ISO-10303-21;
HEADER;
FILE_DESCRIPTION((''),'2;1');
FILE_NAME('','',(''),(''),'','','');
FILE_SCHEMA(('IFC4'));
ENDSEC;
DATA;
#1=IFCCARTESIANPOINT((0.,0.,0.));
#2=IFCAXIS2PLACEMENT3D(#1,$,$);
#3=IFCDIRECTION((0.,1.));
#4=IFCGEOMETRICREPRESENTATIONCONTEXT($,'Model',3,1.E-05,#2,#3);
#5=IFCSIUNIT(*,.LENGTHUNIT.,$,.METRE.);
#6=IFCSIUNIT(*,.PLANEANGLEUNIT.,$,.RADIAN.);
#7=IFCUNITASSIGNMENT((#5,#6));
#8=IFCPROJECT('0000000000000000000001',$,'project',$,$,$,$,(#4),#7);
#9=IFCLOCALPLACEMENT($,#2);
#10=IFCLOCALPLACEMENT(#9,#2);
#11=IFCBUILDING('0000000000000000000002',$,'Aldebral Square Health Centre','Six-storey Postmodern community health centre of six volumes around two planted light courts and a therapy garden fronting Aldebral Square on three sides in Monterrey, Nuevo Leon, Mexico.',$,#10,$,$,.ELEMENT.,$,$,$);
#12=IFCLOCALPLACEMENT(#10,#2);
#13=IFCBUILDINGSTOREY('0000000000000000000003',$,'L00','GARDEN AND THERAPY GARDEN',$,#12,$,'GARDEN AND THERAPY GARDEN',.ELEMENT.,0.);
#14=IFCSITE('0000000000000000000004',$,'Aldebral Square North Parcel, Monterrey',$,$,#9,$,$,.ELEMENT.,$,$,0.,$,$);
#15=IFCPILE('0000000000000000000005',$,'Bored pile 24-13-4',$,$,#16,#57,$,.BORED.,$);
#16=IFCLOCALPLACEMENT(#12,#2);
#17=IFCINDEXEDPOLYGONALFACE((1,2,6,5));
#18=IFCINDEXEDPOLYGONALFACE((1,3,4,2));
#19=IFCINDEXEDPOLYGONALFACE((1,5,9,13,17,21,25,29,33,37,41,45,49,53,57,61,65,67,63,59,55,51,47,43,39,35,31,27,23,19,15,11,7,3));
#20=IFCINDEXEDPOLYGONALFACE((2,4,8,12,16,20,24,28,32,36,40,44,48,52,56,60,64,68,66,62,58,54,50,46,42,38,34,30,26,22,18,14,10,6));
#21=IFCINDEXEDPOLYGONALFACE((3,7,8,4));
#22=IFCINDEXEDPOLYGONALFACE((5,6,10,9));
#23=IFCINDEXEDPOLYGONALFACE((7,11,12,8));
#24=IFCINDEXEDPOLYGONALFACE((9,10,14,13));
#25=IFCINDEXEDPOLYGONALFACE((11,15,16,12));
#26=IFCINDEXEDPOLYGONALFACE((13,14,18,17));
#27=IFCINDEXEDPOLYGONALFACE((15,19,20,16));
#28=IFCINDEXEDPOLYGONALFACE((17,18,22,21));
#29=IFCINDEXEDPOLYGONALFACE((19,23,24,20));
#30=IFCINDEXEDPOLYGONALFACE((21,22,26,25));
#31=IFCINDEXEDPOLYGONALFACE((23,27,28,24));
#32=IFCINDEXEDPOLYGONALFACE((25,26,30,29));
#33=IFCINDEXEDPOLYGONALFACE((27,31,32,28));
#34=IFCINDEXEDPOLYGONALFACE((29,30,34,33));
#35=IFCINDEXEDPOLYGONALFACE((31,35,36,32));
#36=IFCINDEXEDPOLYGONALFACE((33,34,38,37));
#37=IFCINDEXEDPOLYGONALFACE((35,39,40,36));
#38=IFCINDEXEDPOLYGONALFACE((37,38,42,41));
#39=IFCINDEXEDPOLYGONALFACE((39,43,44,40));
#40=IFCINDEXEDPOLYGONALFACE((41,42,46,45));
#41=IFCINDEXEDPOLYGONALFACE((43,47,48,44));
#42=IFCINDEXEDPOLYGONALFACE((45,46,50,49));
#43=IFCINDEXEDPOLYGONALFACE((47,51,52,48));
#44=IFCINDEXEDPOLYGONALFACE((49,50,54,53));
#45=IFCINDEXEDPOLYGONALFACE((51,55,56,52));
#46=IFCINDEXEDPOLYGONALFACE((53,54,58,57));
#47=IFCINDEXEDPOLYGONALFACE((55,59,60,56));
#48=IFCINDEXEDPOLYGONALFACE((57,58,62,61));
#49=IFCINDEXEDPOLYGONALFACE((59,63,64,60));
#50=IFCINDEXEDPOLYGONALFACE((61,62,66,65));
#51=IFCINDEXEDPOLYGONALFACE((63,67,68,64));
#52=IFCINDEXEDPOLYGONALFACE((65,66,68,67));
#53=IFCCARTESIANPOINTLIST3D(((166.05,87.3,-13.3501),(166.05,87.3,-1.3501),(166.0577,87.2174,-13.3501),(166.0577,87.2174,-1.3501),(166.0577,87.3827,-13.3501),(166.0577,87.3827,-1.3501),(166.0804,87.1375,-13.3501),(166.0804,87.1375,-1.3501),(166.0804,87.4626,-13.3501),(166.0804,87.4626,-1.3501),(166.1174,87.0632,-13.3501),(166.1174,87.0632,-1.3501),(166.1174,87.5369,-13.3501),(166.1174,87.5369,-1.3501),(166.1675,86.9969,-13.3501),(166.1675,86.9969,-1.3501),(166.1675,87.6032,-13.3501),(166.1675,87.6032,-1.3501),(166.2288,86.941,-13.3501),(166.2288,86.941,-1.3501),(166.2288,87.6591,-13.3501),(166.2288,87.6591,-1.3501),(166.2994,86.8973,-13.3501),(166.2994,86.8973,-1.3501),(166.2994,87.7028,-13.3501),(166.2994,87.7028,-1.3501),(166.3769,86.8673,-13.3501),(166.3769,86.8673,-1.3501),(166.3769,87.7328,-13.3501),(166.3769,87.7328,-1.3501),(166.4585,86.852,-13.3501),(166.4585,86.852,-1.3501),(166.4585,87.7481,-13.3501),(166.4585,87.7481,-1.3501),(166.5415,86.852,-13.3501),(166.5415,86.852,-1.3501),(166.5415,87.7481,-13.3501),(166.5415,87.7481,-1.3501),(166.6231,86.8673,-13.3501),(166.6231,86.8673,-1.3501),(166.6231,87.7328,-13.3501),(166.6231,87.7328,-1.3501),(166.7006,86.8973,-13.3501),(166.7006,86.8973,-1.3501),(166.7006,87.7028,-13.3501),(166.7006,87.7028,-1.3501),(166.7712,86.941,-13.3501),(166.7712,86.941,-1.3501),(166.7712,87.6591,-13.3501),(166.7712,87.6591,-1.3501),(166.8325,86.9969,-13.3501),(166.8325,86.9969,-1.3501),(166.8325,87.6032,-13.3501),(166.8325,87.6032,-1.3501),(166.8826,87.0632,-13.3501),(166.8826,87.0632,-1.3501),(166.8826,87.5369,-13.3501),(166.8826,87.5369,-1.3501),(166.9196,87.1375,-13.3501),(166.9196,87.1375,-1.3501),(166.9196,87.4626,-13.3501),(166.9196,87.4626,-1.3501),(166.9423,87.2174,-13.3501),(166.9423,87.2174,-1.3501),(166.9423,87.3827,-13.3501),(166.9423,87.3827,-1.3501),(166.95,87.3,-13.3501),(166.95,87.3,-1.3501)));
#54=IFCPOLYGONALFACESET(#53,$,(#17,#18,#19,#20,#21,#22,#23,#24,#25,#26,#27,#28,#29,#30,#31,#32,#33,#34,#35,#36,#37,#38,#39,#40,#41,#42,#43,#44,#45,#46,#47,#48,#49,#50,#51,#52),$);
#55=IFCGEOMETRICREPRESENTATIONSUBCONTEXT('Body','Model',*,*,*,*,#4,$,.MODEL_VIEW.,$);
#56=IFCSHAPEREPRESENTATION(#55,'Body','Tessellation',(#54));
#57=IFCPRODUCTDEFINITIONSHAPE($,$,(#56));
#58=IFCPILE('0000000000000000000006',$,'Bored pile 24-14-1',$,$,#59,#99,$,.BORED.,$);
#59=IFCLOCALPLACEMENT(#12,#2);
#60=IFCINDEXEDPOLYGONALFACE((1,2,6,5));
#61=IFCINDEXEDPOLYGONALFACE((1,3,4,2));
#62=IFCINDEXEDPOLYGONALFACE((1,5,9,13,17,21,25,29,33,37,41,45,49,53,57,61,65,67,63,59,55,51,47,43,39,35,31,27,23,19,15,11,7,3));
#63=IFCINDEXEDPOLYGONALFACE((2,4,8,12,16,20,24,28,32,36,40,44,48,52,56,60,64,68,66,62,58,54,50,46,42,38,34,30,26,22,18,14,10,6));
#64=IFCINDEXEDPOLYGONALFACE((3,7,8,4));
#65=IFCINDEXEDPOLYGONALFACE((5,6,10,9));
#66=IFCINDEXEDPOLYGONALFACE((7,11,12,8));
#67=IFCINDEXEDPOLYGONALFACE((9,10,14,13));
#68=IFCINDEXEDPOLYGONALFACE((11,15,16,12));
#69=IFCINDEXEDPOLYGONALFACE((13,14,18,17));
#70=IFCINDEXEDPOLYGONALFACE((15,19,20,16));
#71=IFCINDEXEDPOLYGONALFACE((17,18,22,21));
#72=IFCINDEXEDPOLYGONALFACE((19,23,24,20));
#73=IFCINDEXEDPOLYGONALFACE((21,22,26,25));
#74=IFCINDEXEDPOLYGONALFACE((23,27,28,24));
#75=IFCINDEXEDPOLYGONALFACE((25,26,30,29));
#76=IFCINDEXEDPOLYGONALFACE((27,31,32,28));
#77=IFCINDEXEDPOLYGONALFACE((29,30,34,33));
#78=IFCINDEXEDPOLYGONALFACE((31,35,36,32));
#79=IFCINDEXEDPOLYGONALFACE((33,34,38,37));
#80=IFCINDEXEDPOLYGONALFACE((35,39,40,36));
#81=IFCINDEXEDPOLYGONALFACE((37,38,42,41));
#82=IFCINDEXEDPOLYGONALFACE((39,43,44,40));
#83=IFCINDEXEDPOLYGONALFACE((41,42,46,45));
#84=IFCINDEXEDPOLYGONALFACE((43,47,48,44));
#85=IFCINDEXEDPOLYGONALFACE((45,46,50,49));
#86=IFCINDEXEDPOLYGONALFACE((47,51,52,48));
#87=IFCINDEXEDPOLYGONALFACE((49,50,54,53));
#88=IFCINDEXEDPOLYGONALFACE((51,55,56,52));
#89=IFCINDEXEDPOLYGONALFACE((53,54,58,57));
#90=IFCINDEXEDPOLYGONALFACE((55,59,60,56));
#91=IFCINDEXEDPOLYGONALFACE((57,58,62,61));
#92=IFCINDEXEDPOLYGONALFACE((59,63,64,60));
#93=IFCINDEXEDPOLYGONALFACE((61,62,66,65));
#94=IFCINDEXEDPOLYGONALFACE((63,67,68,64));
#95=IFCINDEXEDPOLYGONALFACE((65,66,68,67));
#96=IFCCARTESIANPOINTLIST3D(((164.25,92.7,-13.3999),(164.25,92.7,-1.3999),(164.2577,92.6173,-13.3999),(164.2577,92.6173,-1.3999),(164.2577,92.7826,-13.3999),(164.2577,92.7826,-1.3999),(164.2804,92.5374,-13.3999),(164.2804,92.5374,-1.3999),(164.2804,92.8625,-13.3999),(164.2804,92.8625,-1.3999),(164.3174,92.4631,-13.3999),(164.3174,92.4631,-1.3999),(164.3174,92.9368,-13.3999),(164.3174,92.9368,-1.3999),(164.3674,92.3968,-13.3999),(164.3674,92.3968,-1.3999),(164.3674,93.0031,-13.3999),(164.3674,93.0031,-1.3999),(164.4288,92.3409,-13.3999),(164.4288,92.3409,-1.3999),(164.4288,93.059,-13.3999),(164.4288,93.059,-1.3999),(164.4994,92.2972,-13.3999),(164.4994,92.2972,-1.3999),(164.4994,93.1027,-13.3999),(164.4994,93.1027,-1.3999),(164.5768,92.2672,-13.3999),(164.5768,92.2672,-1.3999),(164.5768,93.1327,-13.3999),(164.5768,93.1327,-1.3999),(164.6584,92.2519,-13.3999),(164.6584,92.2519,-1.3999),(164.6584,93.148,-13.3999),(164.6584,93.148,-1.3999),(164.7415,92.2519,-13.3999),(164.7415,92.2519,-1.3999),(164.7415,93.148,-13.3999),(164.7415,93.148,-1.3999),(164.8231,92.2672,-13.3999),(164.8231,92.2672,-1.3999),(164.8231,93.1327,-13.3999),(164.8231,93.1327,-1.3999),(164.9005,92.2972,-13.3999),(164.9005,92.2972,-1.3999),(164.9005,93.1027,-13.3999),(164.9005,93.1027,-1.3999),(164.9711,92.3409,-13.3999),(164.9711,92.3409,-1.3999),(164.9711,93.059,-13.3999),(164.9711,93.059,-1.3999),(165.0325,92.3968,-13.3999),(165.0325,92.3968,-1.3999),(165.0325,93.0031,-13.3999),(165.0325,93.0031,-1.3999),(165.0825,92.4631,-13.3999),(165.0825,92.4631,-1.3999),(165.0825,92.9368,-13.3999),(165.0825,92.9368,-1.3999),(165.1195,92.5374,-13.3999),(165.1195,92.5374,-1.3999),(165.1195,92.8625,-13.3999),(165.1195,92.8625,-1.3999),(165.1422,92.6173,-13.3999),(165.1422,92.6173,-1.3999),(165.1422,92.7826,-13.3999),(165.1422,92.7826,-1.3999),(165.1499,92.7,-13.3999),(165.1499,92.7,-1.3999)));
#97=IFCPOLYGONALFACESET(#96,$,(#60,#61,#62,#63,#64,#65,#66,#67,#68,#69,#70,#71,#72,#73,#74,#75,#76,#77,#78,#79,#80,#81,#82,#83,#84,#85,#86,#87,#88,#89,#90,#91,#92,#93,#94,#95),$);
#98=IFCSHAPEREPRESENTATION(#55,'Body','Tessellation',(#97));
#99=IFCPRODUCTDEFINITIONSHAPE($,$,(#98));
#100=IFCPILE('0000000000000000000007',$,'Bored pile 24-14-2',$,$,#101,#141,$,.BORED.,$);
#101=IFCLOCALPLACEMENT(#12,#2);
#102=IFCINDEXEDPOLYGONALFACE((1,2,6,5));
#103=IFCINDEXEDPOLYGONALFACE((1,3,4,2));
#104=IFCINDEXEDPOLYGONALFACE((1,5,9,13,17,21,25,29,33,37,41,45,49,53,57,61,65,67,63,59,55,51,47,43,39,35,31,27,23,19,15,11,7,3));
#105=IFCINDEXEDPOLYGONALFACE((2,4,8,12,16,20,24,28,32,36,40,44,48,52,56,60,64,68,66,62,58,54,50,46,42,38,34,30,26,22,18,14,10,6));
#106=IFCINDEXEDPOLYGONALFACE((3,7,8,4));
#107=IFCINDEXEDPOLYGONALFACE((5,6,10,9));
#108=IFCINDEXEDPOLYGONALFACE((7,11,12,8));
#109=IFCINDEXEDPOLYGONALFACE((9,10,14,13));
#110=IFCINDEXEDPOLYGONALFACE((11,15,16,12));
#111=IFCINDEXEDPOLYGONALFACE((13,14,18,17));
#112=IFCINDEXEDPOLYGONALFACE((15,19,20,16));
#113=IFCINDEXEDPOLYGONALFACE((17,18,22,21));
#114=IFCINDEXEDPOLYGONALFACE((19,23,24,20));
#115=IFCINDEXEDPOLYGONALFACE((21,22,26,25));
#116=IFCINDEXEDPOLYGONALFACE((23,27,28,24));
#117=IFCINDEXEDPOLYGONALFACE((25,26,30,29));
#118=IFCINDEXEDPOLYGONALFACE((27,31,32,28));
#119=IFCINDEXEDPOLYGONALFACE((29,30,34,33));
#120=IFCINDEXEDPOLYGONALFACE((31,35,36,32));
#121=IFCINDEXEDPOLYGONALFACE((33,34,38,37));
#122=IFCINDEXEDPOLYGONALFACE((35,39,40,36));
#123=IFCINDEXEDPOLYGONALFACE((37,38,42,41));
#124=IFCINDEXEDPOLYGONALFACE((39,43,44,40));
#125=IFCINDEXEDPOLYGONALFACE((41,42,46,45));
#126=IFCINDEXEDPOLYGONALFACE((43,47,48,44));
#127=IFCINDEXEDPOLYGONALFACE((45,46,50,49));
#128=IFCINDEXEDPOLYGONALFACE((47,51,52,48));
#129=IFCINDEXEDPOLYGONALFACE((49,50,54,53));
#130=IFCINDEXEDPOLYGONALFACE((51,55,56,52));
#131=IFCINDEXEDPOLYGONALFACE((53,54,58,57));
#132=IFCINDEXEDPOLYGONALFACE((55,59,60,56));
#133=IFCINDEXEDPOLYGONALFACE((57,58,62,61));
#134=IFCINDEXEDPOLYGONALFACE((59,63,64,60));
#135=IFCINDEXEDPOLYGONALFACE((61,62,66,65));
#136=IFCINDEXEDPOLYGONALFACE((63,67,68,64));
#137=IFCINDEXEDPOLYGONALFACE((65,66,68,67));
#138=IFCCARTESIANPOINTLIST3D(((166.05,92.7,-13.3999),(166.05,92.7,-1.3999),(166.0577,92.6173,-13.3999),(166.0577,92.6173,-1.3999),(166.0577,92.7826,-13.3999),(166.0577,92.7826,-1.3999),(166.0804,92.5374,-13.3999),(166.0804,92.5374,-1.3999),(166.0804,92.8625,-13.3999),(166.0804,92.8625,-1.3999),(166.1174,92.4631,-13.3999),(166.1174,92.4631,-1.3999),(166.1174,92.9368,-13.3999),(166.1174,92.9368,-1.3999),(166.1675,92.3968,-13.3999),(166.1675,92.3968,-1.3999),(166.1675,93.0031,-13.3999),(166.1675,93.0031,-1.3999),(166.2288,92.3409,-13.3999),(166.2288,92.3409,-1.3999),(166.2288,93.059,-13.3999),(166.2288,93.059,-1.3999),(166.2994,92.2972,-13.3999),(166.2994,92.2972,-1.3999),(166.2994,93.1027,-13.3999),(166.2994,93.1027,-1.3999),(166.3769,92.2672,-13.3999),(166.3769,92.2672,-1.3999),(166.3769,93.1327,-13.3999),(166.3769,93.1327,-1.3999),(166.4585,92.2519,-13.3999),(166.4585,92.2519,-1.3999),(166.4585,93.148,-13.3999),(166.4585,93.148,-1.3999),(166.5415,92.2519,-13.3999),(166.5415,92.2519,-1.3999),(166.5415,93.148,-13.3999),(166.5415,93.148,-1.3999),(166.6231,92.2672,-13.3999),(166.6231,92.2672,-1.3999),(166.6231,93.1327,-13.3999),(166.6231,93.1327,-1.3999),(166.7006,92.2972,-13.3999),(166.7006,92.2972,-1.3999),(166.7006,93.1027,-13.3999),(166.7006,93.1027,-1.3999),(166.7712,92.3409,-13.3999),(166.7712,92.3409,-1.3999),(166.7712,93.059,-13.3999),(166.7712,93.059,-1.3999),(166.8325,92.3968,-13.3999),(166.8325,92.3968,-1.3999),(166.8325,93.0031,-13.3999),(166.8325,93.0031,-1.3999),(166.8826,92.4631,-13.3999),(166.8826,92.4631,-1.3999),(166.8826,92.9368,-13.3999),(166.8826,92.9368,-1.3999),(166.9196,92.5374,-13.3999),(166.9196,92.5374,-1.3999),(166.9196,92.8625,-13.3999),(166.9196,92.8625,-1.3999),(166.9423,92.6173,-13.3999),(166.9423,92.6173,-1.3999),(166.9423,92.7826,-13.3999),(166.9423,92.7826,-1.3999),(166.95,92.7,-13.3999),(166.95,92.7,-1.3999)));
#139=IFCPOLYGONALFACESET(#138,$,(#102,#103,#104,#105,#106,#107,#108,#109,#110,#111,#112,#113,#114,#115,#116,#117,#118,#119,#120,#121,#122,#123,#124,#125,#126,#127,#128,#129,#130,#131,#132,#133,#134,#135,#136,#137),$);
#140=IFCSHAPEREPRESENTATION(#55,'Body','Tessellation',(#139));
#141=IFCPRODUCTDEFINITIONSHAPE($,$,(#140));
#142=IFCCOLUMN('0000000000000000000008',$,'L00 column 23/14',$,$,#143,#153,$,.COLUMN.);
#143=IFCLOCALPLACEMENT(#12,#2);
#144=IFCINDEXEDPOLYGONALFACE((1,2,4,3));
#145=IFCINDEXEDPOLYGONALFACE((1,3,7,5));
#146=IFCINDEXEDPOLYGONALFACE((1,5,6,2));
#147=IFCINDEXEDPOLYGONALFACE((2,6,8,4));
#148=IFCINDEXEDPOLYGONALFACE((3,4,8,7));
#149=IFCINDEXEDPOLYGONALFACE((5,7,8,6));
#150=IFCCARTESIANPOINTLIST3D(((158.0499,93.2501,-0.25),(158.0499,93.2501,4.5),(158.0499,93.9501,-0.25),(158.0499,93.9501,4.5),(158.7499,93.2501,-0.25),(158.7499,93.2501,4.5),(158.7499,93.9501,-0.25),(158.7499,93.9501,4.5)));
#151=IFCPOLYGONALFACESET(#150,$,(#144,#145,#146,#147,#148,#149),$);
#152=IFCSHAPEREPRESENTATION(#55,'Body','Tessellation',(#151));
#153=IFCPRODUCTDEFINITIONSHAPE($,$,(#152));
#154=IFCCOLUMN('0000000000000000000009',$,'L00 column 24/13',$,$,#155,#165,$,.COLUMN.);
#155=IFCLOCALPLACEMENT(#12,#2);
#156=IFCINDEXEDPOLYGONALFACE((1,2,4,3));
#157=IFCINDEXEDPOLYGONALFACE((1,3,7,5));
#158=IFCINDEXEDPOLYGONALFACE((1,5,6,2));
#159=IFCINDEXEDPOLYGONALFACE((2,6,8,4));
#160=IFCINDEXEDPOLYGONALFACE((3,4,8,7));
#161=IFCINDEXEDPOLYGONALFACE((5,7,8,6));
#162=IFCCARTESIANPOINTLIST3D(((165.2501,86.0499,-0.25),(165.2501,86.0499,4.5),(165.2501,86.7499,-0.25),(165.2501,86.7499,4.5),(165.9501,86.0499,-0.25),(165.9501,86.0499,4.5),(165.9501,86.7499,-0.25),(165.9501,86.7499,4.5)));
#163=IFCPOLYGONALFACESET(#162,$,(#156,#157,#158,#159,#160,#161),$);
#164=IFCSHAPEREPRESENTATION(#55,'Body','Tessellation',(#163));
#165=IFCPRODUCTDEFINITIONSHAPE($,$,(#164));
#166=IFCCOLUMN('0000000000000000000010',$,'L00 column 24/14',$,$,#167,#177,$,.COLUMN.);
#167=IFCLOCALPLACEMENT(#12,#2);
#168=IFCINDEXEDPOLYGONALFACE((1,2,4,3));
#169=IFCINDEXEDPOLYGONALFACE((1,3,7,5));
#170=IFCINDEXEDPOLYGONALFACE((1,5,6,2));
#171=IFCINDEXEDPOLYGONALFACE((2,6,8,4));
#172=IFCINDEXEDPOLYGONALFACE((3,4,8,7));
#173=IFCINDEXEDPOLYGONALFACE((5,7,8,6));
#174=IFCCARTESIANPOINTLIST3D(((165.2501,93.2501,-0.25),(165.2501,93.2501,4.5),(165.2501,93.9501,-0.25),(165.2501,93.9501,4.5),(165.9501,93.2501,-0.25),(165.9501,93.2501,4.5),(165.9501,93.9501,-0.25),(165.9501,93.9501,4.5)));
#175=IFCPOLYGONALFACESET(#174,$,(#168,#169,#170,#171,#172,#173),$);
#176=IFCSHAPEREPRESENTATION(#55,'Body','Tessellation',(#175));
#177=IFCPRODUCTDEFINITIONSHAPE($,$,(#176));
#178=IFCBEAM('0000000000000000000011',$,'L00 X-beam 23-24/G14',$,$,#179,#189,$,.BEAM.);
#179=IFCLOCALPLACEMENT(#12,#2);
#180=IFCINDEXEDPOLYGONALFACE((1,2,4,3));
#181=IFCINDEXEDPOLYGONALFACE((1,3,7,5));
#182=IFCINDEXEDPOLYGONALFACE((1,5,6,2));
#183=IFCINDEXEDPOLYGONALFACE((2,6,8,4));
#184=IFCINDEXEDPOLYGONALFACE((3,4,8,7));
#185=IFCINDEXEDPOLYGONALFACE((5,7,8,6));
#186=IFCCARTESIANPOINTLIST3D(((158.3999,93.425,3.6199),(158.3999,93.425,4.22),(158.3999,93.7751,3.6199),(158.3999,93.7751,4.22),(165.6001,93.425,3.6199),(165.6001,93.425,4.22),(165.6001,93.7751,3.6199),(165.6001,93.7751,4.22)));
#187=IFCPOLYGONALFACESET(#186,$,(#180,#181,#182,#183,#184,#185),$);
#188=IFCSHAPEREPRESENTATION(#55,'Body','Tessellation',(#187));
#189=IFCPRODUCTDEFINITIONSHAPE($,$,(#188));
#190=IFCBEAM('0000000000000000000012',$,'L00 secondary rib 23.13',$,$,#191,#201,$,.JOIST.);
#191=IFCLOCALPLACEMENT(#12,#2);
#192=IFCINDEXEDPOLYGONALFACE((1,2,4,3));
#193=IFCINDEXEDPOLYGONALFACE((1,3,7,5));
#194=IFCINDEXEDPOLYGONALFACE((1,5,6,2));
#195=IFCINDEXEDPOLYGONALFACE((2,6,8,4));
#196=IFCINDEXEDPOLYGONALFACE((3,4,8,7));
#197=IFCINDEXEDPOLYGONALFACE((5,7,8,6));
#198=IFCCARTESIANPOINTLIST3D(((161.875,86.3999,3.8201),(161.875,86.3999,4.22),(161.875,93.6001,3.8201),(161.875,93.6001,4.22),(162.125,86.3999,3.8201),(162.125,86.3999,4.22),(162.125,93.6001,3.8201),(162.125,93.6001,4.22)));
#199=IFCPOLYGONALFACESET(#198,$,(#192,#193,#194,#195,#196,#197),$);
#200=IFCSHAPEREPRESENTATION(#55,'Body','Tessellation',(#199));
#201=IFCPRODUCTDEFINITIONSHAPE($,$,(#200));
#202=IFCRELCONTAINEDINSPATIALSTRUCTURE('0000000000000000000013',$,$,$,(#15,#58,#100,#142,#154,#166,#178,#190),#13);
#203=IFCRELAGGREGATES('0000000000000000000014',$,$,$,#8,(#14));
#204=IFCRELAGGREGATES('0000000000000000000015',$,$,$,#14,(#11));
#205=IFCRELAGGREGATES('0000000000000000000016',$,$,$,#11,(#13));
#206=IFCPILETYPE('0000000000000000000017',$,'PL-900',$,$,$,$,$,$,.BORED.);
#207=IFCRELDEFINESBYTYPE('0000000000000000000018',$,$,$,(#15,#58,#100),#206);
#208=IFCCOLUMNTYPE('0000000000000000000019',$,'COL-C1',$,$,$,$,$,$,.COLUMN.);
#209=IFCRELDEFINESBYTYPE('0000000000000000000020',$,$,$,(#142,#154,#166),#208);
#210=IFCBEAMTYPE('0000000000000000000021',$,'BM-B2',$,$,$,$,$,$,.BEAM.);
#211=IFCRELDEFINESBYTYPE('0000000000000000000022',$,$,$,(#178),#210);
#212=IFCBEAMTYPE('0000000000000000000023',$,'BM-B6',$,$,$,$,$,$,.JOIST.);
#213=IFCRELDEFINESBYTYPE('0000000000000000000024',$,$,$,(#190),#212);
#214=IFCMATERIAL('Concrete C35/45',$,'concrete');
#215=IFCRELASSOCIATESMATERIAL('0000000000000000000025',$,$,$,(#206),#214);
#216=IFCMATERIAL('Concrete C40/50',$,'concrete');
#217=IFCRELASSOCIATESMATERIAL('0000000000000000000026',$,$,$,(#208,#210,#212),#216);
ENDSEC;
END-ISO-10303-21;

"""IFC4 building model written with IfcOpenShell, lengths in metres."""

from ifc_helpers import new_model, si_unit, direction, frame, origin, origin_2d, place, context, subcontext, project, spatial, rectangle, circle, extrude, material, material_profile, profile_set, type_object, element, save


model = new_model("IFC4")

# Units and contexts
model_context = context("Model", 3, precision=1e-05, world=origin(), true_north=direction((0.0, 1.0)))
body_context = subcontext(model_context, "Body", "Model", "MODEL_VIEW")
ifc_project = project(units=[si_unit("LENGTHUNIT", "METRE"), si_unit("PLANEANGLEUNIT", "RADIAN")], contexts=[model_context])

# Site, building, storey
site_placement = place(None, origin())
site = spatial("IfcSite", under=ifc_project, at=site_placement, Name="Aldebral Square North Parcel, Monterrey", CompositionType="ELEMENT", RefElevation=0.0)
building_placement = place(site_placement, origin())
building = spatial("IfcBuilding", under=site, at=building_placement, Name="Aldebral Square Health Centre", Description="Six-storey Postmodern community health centre of six volumes around two planted light courts and a therapy garden fronting Aldebral Square on three sides in Monterrey, Nuevo Leon, Mexico.", CompositionType="ELEMENT")
storey_placement = place(building_placement, origin())
storey = spatial("IfcBuildingStorey", under=building, at=storey_placement, Name="L00", Description="GARDEN AND THERAPY GARDEN", LongName="GARDEN AND THERAPY GARDEN", CompositionType="ELEMENT", Elevation=0.0)

# Shared definitions
ifc_material_1 = material(Name="Concrete C35/45", Category="concrete")

# Piles
ifc_material_profile_1 = material_profile(ifc_material_1, circle(Radius=0.45, at=origin_2d()), Name="PILE D900")
ifc_profile_set_1 = profile_set([ifc_material_profile_1], Name="Concrete C35/45")
pile_type = type_object("IfcPileType", Name="PL-900", PredefinedType="BORED", material=ifc_profile_set_1)
for number, where, z_axis, x_axis, name in (
    (1, (166.5, 87.3, -1.3501), (0.0, 0.0, -1.0), (1.0, 0.0, 0.0), "Bored pile 24-13-4"),
    (2, (164.7, 92.7, -1.3999), (0.0, 0.0, -1.0), (1.0, 0.0, 0.0), "Bored pile 24-14-1"),
    (3, (166.5, 92.7, -1.3999), (0.0, 0.0, -1.0), (1.0, 0.0, 0.0), "Bored pile 24-14-2"),
):
    element("IfcPile", number, at=place(storey_placement, frame(where, z_axis=z_axis, x_axis=x_axis)), inside=storey, type_object=pile_type, Name=name, PredefinedType="BORED", context=body_context, shape_type="SweptSolid", body=[
        extrude(circle(Radius=0.45, at=origin_2d()), origin(), (0.0, 0.0, 1.0), 12.0),
    ])

# Columns
ifc_material_2 = material(Name="Concrete C40/50", Category="concrete")
ifc_material_profile_2 = material_profile(ifc_material_2, rectangle(XDim=0.7, YDim=0.7, at=origin_2d()), Name="RC 700x700")
ifc_profile_set_2 = profile_set([ifc_material_profile_2], Name="Concrete C40/50")
column_type = type_object("IfcColumnType", Name="COL-C1", PredefinedType="COLUMN", material=ifc_profile_set_2)
for number, where, z_axis, x_axis, name in (
    (4, (158.3999, 93.6001, -0.25), (0.0, 0.0, 1.0), (1.0, 0.0, 0.0), "L00 column 23/14"),
    (5, (165.6001, 86.3999, -0.25), (0.0, 0.0, 1.0), (1.0, 0.0, 0.0), "L00 column 24/13"),
    (6, (165.6001, 93.6001, -0.25), (0.0, 0.0, 1.0), (1.0, 0.0, 0.0), "L00 column 24/14"),
):
    element("IfcColumn", number, at=place(storey_placement, frame(where, z_axis=z_axis, x_axis=x_axis)), inside=storey, type_object=column_type, Name=name, PredefinedType="COLUMN", context=body_context, shape_type="SweptSolid", body=[
        extrude(rectangle(XDim=0.7, YDim=0.7, at=origin_2d()), origin(), (0.0, 0.0, 1.0), 4.75),
    ])

# Beams
ifc_material_profile_3 = material_profile(ifc_material_2, rectangle(XDim=0.3501, YDim=0.6001, at=origin_2d()), Name="RC 350x600")
ifc_profile_set_3 = profile_set([ifc_material_profile_3], Name="Concrete C40/50")
beam_type_1 = type_object("IfcBeamType", Name="BM-B2", PredefinedType="BEAM", material=ifc_profile_set_3)
beam_1_placement = place(storey_placement, frame((158.3999, 93.6001, 3.9199), z_axis=(1.0, 0.0, 0.0), x_axis=(0.0, 1.0, 0.0)))
element("IfcBeam", 7, at=beam_1_placement, inside=storey, type_object=beam_type_1, Name="L00 X-beam 23-24/G14", PredefinedType="BEAM", context=body_context, shape_type="SweptSolid", body=[
    extrude(rectangle(XDim=0.3501, YDim=0.6001, at=origin_2d()), origin(), (0.0, 0.0, 1.0), 7.2002),
])
ifc_material_profile_4 = material_profile(ifc_material_2, rectangle(XDim=0.25, YDim=0.3999, at=origin_2d()), Name="RC 250x400")
ifc_profile_set_4 = profile_set([ifc_material_profile_4], Name="Concrete C40/50")
beam_type_2 = type_object("IfcBeamType", Name="BM-B6", PredefinedType="JOIST", material=ifc_profile_set_4)
beam_2_placement = place(storey_placement, frame((162.0, 86.3999, 4.02), z_axis=(0.0, 1.0, 0.0), x_axis=(-1.0, 0.0, 0.0)))
element("IfcBeam", 8, at=beam_2_placement, inside=storey, type_object=beam_type_2, Name="L00 secondary rib 23.13", PredefinedType="JOIST", context=body_context, shape_type="SweptSolid", body=[
    extrude(rectangle(XDim=0.25, YDim=0.3999, at=origin_2d()), origin(), (0.0, 0.0, 1.0), 7.2002),
])

save(model, "model.ifc")
